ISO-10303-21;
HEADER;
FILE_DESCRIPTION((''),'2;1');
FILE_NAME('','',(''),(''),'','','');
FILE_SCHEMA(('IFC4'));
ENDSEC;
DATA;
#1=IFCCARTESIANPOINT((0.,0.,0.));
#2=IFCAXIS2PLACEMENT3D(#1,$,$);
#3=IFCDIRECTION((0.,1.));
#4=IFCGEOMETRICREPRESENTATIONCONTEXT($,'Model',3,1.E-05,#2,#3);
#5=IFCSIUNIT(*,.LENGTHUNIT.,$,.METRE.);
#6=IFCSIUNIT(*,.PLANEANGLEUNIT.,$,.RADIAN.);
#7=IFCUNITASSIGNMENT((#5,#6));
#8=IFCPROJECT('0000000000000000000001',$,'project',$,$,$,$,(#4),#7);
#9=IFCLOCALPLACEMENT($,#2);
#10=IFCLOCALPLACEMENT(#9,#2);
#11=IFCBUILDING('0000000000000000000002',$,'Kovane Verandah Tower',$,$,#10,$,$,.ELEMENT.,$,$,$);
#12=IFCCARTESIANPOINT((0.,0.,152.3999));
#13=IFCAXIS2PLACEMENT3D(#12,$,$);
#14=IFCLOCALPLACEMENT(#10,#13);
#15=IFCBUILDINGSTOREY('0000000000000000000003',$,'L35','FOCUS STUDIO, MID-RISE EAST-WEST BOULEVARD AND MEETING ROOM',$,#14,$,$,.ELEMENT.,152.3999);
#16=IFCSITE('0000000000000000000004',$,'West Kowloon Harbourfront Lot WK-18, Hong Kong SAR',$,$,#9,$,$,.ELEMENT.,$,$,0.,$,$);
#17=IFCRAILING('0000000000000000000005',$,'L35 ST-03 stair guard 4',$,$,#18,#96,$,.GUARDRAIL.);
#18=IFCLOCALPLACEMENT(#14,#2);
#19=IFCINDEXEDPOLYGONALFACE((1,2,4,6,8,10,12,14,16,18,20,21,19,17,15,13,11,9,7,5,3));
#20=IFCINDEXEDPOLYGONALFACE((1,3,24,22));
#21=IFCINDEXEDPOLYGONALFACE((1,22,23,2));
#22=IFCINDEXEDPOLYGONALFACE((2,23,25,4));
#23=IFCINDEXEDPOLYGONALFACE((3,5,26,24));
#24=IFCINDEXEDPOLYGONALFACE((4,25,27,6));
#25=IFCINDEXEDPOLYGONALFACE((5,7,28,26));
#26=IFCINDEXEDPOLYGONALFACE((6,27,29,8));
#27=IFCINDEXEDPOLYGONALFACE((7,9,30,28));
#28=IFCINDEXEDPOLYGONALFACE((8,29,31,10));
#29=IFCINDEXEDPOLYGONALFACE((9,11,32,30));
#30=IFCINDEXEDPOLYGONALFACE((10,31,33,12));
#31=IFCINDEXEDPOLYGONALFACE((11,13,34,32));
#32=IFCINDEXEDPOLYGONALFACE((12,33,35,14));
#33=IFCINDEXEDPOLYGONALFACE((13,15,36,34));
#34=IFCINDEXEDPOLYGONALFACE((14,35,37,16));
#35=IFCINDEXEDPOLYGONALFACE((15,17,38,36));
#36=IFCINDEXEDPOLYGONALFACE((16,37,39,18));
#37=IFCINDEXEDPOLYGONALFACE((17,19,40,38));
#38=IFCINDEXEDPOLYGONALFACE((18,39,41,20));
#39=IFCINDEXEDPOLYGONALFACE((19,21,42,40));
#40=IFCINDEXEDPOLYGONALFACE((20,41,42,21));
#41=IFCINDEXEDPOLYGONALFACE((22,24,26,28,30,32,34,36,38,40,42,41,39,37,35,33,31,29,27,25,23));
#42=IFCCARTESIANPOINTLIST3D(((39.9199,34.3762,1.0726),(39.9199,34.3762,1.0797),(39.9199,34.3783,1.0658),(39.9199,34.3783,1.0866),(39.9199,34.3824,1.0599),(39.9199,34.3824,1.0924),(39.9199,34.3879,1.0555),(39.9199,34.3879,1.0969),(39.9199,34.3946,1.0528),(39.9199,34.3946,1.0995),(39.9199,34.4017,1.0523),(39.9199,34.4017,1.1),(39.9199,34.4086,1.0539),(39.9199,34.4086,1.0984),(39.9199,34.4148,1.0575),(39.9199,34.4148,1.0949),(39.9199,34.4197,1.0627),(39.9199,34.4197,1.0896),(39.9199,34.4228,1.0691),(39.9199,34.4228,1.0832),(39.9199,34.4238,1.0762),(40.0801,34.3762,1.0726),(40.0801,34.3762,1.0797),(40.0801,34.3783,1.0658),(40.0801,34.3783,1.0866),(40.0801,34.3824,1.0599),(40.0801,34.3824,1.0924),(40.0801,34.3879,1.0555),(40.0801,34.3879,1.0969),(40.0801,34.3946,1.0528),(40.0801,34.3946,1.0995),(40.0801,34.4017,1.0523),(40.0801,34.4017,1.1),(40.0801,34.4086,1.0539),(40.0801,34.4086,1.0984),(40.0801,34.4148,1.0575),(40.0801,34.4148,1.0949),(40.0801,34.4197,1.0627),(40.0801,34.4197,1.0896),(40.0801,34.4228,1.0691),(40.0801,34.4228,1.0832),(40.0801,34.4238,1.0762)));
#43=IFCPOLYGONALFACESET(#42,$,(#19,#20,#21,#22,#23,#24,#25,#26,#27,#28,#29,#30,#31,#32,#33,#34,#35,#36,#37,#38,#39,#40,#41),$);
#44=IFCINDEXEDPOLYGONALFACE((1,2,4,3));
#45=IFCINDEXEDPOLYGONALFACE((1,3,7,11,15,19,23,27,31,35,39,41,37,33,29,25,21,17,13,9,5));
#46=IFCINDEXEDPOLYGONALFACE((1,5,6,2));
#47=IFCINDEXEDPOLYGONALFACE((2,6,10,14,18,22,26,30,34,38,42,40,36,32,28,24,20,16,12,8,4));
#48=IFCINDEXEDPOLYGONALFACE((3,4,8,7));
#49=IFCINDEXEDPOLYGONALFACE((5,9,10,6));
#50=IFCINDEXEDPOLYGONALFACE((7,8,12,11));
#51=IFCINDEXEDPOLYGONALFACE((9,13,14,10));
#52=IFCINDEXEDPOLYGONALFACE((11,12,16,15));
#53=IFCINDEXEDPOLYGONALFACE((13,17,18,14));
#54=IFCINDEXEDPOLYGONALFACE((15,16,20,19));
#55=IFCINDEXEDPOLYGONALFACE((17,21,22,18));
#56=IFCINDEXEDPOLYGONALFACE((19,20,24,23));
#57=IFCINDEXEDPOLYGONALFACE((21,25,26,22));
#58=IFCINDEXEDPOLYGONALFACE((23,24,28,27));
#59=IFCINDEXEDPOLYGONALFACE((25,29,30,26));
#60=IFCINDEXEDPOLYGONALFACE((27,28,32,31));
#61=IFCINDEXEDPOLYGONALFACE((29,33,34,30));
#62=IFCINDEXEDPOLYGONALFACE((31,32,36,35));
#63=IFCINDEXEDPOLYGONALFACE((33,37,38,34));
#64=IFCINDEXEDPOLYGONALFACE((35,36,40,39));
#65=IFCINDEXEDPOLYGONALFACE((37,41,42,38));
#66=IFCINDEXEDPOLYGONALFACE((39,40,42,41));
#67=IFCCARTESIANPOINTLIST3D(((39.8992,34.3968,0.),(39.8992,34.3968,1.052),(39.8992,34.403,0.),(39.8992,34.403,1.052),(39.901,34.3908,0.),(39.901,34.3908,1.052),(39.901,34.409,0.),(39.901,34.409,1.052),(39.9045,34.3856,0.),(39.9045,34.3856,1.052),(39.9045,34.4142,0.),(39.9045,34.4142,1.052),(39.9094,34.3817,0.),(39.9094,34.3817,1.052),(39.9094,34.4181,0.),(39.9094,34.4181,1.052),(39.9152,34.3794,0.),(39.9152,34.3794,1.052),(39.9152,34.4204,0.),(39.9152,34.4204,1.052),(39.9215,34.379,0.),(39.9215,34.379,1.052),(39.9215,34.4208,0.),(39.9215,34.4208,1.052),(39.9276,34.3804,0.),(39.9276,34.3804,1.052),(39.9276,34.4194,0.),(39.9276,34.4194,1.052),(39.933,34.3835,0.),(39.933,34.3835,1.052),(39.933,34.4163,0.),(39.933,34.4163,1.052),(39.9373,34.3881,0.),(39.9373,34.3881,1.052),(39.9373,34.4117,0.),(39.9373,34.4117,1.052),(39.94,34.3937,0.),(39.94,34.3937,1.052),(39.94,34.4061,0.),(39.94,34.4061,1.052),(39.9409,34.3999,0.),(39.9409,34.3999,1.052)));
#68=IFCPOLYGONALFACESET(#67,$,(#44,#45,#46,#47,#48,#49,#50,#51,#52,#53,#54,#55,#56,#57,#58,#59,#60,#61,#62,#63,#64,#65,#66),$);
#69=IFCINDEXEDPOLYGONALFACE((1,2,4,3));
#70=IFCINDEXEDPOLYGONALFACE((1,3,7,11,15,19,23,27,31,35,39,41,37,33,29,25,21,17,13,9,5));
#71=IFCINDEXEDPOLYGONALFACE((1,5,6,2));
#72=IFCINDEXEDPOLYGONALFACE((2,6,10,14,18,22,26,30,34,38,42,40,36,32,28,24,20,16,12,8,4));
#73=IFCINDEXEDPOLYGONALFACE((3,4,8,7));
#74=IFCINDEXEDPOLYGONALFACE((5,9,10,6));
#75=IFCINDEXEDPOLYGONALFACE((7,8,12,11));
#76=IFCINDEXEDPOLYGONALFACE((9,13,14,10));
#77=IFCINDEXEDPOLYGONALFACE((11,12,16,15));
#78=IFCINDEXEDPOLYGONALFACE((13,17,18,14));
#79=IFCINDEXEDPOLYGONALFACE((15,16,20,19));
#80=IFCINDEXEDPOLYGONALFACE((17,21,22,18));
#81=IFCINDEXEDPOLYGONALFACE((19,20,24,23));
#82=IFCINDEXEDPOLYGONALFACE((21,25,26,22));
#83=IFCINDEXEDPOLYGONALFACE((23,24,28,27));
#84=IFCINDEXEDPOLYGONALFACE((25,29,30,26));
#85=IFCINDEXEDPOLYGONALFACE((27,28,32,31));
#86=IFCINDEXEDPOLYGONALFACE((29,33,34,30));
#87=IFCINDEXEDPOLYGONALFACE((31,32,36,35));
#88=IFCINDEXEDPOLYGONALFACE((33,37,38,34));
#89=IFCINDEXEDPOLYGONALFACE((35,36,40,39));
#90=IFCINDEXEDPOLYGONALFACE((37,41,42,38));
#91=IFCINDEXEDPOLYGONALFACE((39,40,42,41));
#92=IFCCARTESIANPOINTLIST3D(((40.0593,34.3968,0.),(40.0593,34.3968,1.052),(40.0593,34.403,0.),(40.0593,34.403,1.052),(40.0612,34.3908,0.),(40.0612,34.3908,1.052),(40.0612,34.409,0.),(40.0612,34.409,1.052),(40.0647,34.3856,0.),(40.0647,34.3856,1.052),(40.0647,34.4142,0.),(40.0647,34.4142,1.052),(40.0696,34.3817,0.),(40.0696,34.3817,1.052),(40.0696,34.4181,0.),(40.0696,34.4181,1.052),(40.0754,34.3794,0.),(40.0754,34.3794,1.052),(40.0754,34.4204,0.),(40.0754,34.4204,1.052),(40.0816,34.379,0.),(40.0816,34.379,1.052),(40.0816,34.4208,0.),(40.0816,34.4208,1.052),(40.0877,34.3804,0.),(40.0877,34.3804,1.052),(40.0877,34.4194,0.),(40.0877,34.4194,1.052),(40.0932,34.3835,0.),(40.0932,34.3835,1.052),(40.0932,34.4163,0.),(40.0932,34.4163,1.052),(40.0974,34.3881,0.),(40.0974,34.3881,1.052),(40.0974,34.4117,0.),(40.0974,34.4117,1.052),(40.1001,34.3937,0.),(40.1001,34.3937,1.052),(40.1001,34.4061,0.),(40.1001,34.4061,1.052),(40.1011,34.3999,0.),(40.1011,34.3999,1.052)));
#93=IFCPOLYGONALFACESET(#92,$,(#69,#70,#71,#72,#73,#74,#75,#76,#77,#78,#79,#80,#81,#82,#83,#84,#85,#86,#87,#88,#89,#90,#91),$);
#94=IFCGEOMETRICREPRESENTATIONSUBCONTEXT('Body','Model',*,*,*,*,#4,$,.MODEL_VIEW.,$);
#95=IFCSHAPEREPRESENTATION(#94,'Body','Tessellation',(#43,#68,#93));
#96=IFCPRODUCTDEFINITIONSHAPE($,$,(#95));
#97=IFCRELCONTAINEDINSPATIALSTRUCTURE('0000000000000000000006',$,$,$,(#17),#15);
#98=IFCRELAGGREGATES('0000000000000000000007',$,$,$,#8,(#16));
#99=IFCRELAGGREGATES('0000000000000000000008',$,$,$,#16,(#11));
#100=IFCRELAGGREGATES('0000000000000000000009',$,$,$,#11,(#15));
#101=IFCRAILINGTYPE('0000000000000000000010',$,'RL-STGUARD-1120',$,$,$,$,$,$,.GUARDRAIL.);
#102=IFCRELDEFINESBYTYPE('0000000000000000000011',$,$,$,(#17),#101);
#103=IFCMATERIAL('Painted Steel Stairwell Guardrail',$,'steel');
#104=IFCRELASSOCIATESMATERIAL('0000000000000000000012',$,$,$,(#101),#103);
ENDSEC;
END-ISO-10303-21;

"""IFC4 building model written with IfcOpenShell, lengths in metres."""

from ifc_helpers import new_model, si_unit, direction, frame, origin, origin_2d, place, context, subcontext, project, spatial, circle, extrude, material, type_object, element, save


model = new_model("IFC4")

# Units and contexts
model_context = context("Model", 3, precision=1e-05, world=origin(), true_north=direction((0.0, 1.0)))
body_context = subcontext(model_context, "Body", "Model", "MODEL_VIEW")
ifc_project = project(units=[si_unit("LENGTHUNIT", "METRE"), si_unit("PLANEANGLEUNIT", "RADIAN")], contexts=[model_context])

# Site, building, storey
site_placement = place(None, origin())
site = spatial("IfcSite", under=ifc_project, at=site_placement, Name="West Kowloon Harbourfront Lot WK-18, Hong Kong SAR", CompositionType="ELEMENT", RefElevation=0.0)
building_placement = place(site_placement, origin())
building = spatial("IfcBuilding", under=site, at=building_placement, Name="Kovane Verandah Tower", CompositionType="ELEMENT")
storey_placement = place(building_placement, frame((0.0, 0.0, 152.3999)))
storey = spatial("IfcBuildingStorey", under=building, at=storey_placement, Name="L35", Description="FOCUS STUDIO, MID-RISE EAST-WEST BOULEVARD AND MEETING ROOM", CompositionType="ELEMENT", Elevation=152.3999)

# Railing
ifc_material_1 = material(Name="Painted Steel Stairwell Guardrail", Category="steel")
railing_type_1 = type_object("IfcRailingType", Name="RL-STGUARD-1120", PredefinedType="GUARDRAIL", material=ifc_material_1)
railing_1_placement = place(storey_placement, frame((39.9199, 34.3999, 0.0)))
element("IfcRailing", 1, at=railing_1_placement, inside=storey, type_object=railing_type_1, Name="L35 ST-03 stair guard 4", PredefinedType="GUARDRAIL", context=body_context, shape_type="SweptSolid", body=[
    extrude(circle(Radius=0.0239, at=origin_2d()), frame((0.0, 0.0, 1.0762), z_axis=(1.0, 0.0, 0.0), x_axis=(0.0, 1.0, 0.0)), (0.0, 0.0, 1.0), 0.1602),
    extrude(circle(Radius=0.021, at=origin_2d()), origin(), (0.0, 0.0, 1.0), 1.052),
    extrude(circle(Radius=0.021, at=origin_2d()), frame((0.1602, 0.0, 0.0)), (0.0, 0.0, 1.0), 1.052),
])

save(model, "model.ifc")
